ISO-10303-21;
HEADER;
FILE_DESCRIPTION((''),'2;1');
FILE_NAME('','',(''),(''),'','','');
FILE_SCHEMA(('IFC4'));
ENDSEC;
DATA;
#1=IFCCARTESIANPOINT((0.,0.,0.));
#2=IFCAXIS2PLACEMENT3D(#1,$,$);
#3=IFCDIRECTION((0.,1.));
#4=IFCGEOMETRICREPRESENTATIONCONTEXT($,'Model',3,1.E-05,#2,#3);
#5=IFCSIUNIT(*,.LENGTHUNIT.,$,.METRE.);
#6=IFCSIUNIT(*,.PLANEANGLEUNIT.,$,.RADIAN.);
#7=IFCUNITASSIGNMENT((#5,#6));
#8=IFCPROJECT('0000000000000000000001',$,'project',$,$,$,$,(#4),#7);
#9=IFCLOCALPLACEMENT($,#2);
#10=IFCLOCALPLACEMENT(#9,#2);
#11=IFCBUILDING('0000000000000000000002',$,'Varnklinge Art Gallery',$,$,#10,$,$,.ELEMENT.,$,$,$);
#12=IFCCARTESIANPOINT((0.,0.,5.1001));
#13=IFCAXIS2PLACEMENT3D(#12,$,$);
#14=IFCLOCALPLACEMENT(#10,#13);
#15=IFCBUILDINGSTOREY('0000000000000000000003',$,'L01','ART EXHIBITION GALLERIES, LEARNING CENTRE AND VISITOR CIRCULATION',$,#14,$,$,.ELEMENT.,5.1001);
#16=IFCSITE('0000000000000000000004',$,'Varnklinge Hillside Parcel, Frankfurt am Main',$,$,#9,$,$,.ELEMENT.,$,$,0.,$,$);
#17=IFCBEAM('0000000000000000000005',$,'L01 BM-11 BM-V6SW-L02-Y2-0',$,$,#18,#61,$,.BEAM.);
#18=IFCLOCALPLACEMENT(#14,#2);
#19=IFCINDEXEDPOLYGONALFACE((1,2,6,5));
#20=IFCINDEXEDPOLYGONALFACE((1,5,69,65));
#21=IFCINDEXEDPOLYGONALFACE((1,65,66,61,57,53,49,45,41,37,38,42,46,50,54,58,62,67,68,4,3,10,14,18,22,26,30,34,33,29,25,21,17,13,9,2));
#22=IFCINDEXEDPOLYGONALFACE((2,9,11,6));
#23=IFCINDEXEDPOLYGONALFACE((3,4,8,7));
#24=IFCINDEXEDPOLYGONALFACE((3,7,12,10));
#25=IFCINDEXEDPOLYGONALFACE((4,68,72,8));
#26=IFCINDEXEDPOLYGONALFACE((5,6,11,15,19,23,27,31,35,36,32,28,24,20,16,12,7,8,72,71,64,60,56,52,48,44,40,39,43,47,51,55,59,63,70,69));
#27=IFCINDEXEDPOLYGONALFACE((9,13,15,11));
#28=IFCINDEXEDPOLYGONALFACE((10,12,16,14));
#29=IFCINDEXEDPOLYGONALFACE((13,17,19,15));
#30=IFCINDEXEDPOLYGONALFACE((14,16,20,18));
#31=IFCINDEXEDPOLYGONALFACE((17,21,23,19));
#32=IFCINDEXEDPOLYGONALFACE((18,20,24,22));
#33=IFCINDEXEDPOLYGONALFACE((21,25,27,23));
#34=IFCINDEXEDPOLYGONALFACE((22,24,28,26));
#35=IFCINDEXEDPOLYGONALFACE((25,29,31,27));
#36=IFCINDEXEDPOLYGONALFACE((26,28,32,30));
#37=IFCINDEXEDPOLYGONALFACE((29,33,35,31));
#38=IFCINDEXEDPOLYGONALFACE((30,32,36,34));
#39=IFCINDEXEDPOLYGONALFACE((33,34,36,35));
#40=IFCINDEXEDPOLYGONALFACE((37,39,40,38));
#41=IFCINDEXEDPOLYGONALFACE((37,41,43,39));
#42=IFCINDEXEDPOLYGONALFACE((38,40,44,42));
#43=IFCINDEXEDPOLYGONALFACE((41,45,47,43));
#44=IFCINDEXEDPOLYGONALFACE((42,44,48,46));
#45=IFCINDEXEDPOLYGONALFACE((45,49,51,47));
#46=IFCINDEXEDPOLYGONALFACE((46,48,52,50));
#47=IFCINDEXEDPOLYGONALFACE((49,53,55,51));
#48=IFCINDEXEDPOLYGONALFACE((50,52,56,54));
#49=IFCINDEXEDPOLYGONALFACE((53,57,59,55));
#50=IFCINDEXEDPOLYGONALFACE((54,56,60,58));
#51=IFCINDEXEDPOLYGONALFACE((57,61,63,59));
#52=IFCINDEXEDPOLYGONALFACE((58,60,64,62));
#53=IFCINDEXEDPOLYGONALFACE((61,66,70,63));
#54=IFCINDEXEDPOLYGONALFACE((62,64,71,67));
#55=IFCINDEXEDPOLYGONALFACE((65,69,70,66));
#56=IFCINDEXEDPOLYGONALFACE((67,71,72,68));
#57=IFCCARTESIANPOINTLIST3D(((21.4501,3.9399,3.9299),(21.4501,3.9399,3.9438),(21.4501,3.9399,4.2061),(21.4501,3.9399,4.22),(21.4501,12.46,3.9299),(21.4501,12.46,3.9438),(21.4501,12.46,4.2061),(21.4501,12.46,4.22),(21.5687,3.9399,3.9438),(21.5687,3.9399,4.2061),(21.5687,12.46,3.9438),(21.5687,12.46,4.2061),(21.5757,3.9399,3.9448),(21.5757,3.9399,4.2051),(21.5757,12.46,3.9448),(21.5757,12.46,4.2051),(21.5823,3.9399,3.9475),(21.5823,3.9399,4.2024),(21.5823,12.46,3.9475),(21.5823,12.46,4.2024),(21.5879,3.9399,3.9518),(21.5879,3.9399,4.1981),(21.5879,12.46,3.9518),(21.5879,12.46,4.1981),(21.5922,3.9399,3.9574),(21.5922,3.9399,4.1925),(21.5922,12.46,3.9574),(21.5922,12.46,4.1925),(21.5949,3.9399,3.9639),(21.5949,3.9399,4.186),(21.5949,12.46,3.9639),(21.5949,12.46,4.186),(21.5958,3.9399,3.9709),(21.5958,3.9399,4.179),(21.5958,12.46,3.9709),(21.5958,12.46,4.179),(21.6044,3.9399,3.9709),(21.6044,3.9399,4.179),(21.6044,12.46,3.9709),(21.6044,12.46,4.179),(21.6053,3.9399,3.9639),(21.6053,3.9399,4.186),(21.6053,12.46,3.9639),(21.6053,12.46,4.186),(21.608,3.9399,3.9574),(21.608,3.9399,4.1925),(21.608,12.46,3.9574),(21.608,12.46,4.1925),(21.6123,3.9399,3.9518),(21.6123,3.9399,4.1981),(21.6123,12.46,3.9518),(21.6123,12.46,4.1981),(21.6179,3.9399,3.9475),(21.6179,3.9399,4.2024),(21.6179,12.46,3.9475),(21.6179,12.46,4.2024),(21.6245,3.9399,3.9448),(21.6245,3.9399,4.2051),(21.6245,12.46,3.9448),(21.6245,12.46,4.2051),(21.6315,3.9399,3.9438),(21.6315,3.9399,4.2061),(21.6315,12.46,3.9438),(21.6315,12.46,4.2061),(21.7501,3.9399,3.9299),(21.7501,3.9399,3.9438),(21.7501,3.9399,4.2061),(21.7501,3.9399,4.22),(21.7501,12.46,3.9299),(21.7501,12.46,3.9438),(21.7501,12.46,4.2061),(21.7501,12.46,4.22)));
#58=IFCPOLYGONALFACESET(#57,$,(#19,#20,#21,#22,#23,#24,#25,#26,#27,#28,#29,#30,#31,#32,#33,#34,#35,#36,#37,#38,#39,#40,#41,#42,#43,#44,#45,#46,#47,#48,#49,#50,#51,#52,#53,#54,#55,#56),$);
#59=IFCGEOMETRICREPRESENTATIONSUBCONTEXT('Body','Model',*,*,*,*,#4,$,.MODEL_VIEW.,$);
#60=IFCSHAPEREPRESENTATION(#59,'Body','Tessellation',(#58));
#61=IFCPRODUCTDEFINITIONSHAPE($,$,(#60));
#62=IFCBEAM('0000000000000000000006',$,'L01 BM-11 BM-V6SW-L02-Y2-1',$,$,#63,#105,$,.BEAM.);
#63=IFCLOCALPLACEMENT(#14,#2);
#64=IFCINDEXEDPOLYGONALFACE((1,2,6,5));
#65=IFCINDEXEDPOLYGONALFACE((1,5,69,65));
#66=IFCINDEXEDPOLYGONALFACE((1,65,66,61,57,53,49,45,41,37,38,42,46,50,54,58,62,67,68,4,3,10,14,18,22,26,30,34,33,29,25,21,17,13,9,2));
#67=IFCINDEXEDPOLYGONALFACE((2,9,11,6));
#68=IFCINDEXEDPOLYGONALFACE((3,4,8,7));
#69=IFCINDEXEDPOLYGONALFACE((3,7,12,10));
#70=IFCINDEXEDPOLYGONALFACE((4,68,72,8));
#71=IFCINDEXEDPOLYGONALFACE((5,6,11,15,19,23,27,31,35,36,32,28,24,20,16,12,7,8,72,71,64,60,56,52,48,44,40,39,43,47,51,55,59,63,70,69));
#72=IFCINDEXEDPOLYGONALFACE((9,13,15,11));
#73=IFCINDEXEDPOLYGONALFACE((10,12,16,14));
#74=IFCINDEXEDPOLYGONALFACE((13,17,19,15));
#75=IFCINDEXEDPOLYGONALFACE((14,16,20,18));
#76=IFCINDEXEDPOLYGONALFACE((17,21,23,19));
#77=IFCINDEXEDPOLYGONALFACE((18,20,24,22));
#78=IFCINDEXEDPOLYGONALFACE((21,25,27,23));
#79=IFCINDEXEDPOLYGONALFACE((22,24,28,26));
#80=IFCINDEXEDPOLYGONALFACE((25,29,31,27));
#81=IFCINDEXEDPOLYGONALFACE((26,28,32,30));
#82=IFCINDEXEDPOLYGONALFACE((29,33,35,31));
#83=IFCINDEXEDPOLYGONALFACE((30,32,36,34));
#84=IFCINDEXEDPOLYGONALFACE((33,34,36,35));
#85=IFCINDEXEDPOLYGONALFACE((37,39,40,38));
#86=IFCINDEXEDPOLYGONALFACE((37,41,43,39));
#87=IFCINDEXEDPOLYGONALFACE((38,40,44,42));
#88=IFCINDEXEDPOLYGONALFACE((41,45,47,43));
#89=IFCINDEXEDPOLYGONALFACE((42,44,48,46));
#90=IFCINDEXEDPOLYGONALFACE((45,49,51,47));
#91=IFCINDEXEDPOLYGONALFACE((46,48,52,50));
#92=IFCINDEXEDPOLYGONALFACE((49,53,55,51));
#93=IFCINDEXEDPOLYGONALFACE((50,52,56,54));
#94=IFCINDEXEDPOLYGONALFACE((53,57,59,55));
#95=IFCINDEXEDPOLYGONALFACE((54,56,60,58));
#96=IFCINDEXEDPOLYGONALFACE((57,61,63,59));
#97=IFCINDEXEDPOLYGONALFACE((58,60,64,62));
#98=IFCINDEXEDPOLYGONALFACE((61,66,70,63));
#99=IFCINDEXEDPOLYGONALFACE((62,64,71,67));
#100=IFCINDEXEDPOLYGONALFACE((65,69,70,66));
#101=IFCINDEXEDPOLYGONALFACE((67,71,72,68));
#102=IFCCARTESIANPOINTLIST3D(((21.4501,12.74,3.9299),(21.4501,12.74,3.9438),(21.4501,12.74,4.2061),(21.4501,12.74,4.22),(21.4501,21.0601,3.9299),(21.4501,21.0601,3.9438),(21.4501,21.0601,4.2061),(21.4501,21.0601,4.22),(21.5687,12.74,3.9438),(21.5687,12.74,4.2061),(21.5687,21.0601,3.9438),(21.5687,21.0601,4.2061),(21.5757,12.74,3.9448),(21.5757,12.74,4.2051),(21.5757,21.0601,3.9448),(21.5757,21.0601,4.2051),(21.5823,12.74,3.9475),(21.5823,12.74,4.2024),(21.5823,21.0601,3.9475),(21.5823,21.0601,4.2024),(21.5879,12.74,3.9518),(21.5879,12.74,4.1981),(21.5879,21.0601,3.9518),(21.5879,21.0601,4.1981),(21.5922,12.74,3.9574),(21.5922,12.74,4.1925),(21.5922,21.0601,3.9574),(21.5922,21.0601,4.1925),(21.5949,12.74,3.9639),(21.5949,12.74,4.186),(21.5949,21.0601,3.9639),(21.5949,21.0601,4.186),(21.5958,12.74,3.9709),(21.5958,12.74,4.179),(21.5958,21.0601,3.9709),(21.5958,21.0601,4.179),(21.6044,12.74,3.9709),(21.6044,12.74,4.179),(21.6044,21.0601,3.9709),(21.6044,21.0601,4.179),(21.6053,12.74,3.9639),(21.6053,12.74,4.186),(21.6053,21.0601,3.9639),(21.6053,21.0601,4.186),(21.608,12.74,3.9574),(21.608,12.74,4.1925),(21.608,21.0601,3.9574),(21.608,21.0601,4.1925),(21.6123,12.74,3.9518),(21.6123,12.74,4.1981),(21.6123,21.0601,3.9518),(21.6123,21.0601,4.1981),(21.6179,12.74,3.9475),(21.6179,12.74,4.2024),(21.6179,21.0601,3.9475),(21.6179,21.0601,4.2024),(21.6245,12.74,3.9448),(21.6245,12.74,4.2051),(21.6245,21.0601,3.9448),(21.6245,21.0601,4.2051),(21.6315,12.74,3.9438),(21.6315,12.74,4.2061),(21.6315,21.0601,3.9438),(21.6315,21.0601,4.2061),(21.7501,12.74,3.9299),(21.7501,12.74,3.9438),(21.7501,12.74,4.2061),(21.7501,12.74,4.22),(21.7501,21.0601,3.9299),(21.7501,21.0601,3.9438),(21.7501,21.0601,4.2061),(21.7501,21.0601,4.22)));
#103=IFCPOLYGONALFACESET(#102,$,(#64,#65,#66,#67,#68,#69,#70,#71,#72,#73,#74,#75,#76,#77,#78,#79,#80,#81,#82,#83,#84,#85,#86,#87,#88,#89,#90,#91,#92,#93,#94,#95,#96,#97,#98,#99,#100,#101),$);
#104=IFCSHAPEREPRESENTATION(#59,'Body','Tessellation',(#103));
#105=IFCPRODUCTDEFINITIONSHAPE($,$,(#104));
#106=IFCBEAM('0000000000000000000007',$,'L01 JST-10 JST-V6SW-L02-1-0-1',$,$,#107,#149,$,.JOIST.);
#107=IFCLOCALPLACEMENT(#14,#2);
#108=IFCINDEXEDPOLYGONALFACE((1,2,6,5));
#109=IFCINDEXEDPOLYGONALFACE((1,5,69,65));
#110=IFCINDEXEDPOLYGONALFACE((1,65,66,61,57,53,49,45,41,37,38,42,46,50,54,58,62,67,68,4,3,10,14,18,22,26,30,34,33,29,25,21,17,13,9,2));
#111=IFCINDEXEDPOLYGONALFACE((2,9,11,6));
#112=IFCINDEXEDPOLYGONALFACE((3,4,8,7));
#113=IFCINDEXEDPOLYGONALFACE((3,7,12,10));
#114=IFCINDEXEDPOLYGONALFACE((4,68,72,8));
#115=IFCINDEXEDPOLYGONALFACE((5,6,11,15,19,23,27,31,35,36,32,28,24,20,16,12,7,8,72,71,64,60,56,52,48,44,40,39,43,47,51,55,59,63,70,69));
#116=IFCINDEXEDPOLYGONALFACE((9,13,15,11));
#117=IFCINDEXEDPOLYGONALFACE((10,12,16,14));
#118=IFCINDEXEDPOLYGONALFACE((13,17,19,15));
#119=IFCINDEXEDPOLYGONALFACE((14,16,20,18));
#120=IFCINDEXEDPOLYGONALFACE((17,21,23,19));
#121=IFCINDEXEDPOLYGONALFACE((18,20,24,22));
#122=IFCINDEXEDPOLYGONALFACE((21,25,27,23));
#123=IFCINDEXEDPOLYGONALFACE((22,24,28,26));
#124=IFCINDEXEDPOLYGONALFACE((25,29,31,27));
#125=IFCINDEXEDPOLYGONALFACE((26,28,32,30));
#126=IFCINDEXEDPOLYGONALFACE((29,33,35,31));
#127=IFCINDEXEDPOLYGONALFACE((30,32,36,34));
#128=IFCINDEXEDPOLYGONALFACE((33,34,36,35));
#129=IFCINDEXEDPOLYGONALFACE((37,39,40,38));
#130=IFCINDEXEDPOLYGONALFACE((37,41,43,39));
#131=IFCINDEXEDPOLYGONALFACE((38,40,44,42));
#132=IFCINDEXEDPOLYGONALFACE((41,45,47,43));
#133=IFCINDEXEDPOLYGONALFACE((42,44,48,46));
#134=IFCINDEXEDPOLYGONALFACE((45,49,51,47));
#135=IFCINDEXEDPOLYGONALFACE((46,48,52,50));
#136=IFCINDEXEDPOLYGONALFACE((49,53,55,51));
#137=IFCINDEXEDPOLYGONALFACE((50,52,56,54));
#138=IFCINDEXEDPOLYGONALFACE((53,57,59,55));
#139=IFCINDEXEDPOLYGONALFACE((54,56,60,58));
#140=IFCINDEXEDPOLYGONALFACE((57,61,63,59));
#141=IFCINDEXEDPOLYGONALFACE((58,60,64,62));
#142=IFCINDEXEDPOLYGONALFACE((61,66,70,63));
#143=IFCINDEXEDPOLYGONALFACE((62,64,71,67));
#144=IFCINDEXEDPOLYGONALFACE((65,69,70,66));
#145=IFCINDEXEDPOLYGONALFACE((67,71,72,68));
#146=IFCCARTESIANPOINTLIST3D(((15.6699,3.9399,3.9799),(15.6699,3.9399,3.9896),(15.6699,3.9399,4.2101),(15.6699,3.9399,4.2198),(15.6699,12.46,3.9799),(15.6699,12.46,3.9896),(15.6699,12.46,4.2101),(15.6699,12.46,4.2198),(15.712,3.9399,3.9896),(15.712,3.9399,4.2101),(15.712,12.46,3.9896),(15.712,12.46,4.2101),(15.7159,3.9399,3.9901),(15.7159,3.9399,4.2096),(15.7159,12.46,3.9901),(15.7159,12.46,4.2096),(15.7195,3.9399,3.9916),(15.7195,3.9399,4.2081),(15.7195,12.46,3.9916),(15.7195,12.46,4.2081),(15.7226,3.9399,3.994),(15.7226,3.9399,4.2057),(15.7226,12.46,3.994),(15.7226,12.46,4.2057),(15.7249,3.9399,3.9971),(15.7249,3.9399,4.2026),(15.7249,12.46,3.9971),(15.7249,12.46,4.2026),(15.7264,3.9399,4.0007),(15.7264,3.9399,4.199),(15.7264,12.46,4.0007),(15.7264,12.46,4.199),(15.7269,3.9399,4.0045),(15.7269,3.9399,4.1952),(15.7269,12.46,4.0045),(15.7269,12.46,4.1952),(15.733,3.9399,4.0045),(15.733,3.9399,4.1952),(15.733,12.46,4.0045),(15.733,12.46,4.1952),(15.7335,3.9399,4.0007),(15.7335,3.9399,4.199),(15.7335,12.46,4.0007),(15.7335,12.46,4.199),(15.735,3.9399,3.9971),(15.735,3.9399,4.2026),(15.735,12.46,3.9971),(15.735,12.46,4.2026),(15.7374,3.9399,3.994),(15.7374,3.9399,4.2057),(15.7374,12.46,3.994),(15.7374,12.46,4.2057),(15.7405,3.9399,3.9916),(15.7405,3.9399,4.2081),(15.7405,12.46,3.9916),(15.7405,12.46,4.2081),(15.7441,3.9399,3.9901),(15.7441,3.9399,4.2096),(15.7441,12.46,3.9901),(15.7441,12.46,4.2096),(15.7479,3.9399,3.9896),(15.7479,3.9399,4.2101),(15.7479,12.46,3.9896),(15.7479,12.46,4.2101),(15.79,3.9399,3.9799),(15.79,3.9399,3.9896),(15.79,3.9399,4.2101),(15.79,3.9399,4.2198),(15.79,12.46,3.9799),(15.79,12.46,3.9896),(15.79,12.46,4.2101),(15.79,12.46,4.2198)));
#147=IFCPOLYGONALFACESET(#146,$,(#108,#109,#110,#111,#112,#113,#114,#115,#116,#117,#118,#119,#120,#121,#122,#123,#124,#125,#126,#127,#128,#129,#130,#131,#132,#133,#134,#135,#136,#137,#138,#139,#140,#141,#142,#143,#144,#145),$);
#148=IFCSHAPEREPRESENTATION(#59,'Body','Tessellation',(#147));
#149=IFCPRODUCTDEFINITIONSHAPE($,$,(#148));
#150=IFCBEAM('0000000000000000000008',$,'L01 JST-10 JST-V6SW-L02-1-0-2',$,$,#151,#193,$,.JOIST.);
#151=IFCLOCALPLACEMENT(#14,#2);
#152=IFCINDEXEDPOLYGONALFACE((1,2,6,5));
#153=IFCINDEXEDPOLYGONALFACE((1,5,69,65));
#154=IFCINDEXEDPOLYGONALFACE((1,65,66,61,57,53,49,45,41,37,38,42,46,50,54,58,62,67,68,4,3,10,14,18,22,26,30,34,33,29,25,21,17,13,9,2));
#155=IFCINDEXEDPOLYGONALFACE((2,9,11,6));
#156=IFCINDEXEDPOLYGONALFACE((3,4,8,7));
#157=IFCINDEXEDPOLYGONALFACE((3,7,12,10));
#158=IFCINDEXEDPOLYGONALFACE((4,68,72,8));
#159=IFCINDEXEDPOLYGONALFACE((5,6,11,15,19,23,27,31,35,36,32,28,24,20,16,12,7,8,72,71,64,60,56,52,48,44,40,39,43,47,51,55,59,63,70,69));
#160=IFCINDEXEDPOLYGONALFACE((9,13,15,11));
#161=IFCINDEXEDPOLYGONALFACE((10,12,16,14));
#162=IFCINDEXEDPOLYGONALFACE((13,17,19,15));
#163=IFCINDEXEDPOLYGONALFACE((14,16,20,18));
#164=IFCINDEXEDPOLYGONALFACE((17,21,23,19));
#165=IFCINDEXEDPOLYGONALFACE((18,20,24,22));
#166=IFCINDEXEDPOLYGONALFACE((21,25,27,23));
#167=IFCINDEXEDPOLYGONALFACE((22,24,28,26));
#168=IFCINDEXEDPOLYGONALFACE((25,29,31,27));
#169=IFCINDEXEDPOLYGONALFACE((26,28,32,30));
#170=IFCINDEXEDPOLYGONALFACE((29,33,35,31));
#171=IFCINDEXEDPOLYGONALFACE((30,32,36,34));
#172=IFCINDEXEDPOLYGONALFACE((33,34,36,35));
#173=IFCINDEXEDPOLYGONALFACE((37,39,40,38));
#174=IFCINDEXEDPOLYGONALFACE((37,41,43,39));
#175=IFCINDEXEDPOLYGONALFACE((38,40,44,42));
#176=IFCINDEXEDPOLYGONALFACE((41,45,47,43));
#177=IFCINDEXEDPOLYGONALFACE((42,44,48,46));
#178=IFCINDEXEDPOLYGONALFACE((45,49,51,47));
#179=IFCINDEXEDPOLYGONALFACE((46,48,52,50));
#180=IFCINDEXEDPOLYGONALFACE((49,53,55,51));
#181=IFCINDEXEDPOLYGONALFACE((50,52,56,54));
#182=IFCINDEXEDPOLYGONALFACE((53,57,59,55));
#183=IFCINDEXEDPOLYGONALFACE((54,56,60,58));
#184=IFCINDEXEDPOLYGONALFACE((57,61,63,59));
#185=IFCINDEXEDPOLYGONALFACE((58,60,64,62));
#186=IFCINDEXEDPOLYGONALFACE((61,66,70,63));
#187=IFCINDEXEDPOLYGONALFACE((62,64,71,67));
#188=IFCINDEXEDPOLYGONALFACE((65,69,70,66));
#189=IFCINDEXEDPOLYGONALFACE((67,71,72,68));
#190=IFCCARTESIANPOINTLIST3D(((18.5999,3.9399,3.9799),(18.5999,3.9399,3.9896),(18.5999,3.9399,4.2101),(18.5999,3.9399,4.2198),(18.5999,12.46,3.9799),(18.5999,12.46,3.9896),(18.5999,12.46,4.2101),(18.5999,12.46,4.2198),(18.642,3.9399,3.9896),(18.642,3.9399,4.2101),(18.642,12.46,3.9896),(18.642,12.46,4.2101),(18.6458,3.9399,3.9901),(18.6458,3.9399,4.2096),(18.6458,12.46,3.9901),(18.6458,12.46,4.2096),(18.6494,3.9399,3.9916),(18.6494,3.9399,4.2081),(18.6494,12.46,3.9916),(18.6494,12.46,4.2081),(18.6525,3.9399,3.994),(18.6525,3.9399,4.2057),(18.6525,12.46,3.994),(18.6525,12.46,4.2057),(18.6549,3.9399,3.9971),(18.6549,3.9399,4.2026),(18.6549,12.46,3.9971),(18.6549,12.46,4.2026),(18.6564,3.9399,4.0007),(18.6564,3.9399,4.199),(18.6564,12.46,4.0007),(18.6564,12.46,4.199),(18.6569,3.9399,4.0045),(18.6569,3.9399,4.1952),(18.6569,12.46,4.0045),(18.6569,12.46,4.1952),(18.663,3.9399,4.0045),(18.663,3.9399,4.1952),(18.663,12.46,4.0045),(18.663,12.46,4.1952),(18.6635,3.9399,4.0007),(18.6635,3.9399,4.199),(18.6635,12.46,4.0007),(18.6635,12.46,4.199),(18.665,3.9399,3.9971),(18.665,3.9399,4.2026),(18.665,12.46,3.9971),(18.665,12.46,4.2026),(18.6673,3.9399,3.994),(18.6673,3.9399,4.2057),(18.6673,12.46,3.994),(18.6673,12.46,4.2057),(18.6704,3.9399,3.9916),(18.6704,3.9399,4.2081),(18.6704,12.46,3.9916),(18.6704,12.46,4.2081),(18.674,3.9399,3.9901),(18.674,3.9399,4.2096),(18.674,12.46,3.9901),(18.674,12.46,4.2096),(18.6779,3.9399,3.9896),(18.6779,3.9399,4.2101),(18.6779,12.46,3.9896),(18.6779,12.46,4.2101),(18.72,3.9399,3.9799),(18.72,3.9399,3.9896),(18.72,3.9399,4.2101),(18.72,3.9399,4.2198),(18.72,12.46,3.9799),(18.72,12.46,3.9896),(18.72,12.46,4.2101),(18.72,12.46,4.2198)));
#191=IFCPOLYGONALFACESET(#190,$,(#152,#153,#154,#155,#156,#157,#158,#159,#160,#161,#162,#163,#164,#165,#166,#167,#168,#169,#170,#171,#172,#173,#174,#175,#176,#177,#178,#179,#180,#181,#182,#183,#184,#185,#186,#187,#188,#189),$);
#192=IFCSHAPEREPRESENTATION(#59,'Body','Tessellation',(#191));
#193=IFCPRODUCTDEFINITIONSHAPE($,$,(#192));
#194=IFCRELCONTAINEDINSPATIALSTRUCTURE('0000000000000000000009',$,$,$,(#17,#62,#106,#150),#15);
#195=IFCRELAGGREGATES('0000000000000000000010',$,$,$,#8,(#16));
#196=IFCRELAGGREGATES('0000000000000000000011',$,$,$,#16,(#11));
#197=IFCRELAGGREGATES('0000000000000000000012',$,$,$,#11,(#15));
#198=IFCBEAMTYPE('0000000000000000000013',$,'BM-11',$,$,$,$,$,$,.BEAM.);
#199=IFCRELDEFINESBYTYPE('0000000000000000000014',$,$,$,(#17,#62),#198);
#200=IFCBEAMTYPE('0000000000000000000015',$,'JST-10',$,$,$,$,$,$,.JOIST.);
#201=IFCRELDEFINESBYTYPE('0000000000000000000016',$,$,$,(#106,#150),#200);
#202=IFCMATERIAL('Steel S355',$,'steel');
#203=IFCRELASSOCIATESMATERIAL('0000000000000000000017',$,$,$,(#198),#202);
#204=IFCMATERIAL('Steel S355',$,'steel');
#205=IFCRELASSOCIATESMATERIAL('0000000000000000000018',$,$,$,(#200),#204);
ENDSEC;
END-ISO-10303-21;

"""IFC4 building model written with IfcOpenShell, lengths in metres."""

from ifc_helpers import new_model, si_unit, direction, frame, origin, origin_2d, place, context, subcontext, project, spatial, i_section, extrude, material, material_profile, profile_set, type_object, element, save


model = new_model("IFC4")

# Units and contexts
model_context = context("Model", 3, precision=1e-05, world=origin(), true_north=direction((0.0, 1.0)))
body_context = subcontext(model_context, "Body", "Model", "MODEL_VIEW")
ifc_project = project(units=[si_unit("LENGTHUNIT", "METRE"), si_unit("PLANEANGLEUNIT", "RADIAN")], contexts=[model_context])

# Site, building, storey
site_placement = place(None, origin())
site = spatial("IfcSite", under=ifc_project, at=site_placement, Name="Varnklinge Hillside Parcel, Frankfurt am Main", CompositionType="ELEMENT", RefElevation=0.0)
building_placement = place(site_placement, origin())
building = spatial("IfcBuilding", under=site, at=building_placement, Name="Varnklinge Art Gallery", CompositionType="ELEMENT")
storey_placement = place(building_placement, frame((0.0, 0.0, 5.1001)))
storey = spatial("IfcBuildingStorey", under=building, at=storey_placement, Name="L01", Description="ART EXHIBITION GALLERIES, LEARNING CENTRE AND VISITOR CIRCULATION", CompositionType="ELEMENT", Elevation=5.1001)

# Beams
ifc_material_1 = material(Name="Steel S355", Category="steel")
ifc_material_profile_1 = material_profile(ifc_material_1, i_section(OverallWidth=0.3, OverallDepth=0.29, WebThickness=0.0085, FlangeThickness=0.0139, FilletRadius=0.0271, at=origin_2d()), Name="HEA 300")
ifc_profile_set_1 = profile_set([ifc_material_profile_1], Name="Steel S355")
beam_type_1 = type_object("IfcBeamType", Name="BM-11", PredefinedType="BEAM", material=ifc_profile_set_1)
beam_1_placement = place(storey_placement, frame((21.6001, 3.9399, 4.075), z_axis=(0.0, 1.0, 0.0), x_axis=(-1.0, 0.0, 0.0)))
element("IfcBeam", 1, at=beam_1_placement, inside=storey, type_object=beam_type_1, Name="L01 BM-11 BM-V6SW-L02-Y2-0", PredefinedType="BEAM", context=body_context, shape_type="SweptSolid", body=[
    extrude(i_section(OverallWidth=0.3, OverallDepth=0.29, WebThickness=0.0085, FlangeThickness=0.0139, FilletRadius=0.0271, at=origin_2d()), origin(), (0.0, 0.0, 1.0), 8.52),
])
beam_2_placement = place(storey_placement, frame((21.6001, 12.74, 4.075), z_axis=(0.0, 1.0, 0.0), x_axis=(-1.0, 0.0, 0.0)))
element("IfcBeam", 2, at=beam_2_placement, inside=storey, type_object=beam_type_1, Name="L01 BM-11 BM-V6SW-L02-Y2-1", PredefinedType="BEAM", context=body_context, shape_type="SweptSolid", body=[
    extrude(i_section(OverallWidth=0.3, OverallDepth=0.29, WebThickness=0.0085, FlangeThickness=0.0139, FilletRadius=0.0271, at=origin_2d()), origin(), (0.0, 0.0, 1.0), 8.3201),
])
ifc_material_2 = material(Name="Steel S355", Category="steel")
ifc_material_profile_2 = material_profile(ifc_material_2, i_section(OverallWidth=0.1201, OverallDepth=0.24, WebThickness=0.0061, FlangeThickness=0.0098, FilletRadius=0.0149, at=origin_2d()), Name="IPE 240")
ifc_profile_set_2 = profile_set([ifc_material_profile_2], Name="Steel S355")
beam_type_2 = type_object("IfcBeamType", Name="JST-10", PredefinedType="JOIST", material=ifc_profile_set_2)
for number, where, z_axis, x_axis, name in (
    (3, (15.73, 3.9399, 4.0999), (0.0, 1.0, 0.0), (-1.0, 0.0, 0.0), "L01 JST-10 JST-V6SW-L02-1-0-1"),
    (4, (18.6599, 3.9399, 4.0999), (0.0, 1.0, 0.0), (-1.0, 0.0, 0.0), "L01 JST-10 JST-V6SW-L02-1-0-2"),
):
    element("IfcBeam", number, at=place(storey_placement, frame(where, z_axis=z_axis, x_axis=x_axis)), inside=storey, type_object=beam_type_2, Name=name, PredefinedType="JOIST", context=body_context, shape_type="SweptSolid", body=[
        extrude(i_section(OverallWidth=0.1201, OverallDepth=0.24, WebThickness=0.0061, FlangeThickness=0.0098, FilletRadius=0.0149, at=origin_2d()), origin(), (0.0, 0.0, 1.0), 8.52),
    ])

save(model, "model.ifc")
